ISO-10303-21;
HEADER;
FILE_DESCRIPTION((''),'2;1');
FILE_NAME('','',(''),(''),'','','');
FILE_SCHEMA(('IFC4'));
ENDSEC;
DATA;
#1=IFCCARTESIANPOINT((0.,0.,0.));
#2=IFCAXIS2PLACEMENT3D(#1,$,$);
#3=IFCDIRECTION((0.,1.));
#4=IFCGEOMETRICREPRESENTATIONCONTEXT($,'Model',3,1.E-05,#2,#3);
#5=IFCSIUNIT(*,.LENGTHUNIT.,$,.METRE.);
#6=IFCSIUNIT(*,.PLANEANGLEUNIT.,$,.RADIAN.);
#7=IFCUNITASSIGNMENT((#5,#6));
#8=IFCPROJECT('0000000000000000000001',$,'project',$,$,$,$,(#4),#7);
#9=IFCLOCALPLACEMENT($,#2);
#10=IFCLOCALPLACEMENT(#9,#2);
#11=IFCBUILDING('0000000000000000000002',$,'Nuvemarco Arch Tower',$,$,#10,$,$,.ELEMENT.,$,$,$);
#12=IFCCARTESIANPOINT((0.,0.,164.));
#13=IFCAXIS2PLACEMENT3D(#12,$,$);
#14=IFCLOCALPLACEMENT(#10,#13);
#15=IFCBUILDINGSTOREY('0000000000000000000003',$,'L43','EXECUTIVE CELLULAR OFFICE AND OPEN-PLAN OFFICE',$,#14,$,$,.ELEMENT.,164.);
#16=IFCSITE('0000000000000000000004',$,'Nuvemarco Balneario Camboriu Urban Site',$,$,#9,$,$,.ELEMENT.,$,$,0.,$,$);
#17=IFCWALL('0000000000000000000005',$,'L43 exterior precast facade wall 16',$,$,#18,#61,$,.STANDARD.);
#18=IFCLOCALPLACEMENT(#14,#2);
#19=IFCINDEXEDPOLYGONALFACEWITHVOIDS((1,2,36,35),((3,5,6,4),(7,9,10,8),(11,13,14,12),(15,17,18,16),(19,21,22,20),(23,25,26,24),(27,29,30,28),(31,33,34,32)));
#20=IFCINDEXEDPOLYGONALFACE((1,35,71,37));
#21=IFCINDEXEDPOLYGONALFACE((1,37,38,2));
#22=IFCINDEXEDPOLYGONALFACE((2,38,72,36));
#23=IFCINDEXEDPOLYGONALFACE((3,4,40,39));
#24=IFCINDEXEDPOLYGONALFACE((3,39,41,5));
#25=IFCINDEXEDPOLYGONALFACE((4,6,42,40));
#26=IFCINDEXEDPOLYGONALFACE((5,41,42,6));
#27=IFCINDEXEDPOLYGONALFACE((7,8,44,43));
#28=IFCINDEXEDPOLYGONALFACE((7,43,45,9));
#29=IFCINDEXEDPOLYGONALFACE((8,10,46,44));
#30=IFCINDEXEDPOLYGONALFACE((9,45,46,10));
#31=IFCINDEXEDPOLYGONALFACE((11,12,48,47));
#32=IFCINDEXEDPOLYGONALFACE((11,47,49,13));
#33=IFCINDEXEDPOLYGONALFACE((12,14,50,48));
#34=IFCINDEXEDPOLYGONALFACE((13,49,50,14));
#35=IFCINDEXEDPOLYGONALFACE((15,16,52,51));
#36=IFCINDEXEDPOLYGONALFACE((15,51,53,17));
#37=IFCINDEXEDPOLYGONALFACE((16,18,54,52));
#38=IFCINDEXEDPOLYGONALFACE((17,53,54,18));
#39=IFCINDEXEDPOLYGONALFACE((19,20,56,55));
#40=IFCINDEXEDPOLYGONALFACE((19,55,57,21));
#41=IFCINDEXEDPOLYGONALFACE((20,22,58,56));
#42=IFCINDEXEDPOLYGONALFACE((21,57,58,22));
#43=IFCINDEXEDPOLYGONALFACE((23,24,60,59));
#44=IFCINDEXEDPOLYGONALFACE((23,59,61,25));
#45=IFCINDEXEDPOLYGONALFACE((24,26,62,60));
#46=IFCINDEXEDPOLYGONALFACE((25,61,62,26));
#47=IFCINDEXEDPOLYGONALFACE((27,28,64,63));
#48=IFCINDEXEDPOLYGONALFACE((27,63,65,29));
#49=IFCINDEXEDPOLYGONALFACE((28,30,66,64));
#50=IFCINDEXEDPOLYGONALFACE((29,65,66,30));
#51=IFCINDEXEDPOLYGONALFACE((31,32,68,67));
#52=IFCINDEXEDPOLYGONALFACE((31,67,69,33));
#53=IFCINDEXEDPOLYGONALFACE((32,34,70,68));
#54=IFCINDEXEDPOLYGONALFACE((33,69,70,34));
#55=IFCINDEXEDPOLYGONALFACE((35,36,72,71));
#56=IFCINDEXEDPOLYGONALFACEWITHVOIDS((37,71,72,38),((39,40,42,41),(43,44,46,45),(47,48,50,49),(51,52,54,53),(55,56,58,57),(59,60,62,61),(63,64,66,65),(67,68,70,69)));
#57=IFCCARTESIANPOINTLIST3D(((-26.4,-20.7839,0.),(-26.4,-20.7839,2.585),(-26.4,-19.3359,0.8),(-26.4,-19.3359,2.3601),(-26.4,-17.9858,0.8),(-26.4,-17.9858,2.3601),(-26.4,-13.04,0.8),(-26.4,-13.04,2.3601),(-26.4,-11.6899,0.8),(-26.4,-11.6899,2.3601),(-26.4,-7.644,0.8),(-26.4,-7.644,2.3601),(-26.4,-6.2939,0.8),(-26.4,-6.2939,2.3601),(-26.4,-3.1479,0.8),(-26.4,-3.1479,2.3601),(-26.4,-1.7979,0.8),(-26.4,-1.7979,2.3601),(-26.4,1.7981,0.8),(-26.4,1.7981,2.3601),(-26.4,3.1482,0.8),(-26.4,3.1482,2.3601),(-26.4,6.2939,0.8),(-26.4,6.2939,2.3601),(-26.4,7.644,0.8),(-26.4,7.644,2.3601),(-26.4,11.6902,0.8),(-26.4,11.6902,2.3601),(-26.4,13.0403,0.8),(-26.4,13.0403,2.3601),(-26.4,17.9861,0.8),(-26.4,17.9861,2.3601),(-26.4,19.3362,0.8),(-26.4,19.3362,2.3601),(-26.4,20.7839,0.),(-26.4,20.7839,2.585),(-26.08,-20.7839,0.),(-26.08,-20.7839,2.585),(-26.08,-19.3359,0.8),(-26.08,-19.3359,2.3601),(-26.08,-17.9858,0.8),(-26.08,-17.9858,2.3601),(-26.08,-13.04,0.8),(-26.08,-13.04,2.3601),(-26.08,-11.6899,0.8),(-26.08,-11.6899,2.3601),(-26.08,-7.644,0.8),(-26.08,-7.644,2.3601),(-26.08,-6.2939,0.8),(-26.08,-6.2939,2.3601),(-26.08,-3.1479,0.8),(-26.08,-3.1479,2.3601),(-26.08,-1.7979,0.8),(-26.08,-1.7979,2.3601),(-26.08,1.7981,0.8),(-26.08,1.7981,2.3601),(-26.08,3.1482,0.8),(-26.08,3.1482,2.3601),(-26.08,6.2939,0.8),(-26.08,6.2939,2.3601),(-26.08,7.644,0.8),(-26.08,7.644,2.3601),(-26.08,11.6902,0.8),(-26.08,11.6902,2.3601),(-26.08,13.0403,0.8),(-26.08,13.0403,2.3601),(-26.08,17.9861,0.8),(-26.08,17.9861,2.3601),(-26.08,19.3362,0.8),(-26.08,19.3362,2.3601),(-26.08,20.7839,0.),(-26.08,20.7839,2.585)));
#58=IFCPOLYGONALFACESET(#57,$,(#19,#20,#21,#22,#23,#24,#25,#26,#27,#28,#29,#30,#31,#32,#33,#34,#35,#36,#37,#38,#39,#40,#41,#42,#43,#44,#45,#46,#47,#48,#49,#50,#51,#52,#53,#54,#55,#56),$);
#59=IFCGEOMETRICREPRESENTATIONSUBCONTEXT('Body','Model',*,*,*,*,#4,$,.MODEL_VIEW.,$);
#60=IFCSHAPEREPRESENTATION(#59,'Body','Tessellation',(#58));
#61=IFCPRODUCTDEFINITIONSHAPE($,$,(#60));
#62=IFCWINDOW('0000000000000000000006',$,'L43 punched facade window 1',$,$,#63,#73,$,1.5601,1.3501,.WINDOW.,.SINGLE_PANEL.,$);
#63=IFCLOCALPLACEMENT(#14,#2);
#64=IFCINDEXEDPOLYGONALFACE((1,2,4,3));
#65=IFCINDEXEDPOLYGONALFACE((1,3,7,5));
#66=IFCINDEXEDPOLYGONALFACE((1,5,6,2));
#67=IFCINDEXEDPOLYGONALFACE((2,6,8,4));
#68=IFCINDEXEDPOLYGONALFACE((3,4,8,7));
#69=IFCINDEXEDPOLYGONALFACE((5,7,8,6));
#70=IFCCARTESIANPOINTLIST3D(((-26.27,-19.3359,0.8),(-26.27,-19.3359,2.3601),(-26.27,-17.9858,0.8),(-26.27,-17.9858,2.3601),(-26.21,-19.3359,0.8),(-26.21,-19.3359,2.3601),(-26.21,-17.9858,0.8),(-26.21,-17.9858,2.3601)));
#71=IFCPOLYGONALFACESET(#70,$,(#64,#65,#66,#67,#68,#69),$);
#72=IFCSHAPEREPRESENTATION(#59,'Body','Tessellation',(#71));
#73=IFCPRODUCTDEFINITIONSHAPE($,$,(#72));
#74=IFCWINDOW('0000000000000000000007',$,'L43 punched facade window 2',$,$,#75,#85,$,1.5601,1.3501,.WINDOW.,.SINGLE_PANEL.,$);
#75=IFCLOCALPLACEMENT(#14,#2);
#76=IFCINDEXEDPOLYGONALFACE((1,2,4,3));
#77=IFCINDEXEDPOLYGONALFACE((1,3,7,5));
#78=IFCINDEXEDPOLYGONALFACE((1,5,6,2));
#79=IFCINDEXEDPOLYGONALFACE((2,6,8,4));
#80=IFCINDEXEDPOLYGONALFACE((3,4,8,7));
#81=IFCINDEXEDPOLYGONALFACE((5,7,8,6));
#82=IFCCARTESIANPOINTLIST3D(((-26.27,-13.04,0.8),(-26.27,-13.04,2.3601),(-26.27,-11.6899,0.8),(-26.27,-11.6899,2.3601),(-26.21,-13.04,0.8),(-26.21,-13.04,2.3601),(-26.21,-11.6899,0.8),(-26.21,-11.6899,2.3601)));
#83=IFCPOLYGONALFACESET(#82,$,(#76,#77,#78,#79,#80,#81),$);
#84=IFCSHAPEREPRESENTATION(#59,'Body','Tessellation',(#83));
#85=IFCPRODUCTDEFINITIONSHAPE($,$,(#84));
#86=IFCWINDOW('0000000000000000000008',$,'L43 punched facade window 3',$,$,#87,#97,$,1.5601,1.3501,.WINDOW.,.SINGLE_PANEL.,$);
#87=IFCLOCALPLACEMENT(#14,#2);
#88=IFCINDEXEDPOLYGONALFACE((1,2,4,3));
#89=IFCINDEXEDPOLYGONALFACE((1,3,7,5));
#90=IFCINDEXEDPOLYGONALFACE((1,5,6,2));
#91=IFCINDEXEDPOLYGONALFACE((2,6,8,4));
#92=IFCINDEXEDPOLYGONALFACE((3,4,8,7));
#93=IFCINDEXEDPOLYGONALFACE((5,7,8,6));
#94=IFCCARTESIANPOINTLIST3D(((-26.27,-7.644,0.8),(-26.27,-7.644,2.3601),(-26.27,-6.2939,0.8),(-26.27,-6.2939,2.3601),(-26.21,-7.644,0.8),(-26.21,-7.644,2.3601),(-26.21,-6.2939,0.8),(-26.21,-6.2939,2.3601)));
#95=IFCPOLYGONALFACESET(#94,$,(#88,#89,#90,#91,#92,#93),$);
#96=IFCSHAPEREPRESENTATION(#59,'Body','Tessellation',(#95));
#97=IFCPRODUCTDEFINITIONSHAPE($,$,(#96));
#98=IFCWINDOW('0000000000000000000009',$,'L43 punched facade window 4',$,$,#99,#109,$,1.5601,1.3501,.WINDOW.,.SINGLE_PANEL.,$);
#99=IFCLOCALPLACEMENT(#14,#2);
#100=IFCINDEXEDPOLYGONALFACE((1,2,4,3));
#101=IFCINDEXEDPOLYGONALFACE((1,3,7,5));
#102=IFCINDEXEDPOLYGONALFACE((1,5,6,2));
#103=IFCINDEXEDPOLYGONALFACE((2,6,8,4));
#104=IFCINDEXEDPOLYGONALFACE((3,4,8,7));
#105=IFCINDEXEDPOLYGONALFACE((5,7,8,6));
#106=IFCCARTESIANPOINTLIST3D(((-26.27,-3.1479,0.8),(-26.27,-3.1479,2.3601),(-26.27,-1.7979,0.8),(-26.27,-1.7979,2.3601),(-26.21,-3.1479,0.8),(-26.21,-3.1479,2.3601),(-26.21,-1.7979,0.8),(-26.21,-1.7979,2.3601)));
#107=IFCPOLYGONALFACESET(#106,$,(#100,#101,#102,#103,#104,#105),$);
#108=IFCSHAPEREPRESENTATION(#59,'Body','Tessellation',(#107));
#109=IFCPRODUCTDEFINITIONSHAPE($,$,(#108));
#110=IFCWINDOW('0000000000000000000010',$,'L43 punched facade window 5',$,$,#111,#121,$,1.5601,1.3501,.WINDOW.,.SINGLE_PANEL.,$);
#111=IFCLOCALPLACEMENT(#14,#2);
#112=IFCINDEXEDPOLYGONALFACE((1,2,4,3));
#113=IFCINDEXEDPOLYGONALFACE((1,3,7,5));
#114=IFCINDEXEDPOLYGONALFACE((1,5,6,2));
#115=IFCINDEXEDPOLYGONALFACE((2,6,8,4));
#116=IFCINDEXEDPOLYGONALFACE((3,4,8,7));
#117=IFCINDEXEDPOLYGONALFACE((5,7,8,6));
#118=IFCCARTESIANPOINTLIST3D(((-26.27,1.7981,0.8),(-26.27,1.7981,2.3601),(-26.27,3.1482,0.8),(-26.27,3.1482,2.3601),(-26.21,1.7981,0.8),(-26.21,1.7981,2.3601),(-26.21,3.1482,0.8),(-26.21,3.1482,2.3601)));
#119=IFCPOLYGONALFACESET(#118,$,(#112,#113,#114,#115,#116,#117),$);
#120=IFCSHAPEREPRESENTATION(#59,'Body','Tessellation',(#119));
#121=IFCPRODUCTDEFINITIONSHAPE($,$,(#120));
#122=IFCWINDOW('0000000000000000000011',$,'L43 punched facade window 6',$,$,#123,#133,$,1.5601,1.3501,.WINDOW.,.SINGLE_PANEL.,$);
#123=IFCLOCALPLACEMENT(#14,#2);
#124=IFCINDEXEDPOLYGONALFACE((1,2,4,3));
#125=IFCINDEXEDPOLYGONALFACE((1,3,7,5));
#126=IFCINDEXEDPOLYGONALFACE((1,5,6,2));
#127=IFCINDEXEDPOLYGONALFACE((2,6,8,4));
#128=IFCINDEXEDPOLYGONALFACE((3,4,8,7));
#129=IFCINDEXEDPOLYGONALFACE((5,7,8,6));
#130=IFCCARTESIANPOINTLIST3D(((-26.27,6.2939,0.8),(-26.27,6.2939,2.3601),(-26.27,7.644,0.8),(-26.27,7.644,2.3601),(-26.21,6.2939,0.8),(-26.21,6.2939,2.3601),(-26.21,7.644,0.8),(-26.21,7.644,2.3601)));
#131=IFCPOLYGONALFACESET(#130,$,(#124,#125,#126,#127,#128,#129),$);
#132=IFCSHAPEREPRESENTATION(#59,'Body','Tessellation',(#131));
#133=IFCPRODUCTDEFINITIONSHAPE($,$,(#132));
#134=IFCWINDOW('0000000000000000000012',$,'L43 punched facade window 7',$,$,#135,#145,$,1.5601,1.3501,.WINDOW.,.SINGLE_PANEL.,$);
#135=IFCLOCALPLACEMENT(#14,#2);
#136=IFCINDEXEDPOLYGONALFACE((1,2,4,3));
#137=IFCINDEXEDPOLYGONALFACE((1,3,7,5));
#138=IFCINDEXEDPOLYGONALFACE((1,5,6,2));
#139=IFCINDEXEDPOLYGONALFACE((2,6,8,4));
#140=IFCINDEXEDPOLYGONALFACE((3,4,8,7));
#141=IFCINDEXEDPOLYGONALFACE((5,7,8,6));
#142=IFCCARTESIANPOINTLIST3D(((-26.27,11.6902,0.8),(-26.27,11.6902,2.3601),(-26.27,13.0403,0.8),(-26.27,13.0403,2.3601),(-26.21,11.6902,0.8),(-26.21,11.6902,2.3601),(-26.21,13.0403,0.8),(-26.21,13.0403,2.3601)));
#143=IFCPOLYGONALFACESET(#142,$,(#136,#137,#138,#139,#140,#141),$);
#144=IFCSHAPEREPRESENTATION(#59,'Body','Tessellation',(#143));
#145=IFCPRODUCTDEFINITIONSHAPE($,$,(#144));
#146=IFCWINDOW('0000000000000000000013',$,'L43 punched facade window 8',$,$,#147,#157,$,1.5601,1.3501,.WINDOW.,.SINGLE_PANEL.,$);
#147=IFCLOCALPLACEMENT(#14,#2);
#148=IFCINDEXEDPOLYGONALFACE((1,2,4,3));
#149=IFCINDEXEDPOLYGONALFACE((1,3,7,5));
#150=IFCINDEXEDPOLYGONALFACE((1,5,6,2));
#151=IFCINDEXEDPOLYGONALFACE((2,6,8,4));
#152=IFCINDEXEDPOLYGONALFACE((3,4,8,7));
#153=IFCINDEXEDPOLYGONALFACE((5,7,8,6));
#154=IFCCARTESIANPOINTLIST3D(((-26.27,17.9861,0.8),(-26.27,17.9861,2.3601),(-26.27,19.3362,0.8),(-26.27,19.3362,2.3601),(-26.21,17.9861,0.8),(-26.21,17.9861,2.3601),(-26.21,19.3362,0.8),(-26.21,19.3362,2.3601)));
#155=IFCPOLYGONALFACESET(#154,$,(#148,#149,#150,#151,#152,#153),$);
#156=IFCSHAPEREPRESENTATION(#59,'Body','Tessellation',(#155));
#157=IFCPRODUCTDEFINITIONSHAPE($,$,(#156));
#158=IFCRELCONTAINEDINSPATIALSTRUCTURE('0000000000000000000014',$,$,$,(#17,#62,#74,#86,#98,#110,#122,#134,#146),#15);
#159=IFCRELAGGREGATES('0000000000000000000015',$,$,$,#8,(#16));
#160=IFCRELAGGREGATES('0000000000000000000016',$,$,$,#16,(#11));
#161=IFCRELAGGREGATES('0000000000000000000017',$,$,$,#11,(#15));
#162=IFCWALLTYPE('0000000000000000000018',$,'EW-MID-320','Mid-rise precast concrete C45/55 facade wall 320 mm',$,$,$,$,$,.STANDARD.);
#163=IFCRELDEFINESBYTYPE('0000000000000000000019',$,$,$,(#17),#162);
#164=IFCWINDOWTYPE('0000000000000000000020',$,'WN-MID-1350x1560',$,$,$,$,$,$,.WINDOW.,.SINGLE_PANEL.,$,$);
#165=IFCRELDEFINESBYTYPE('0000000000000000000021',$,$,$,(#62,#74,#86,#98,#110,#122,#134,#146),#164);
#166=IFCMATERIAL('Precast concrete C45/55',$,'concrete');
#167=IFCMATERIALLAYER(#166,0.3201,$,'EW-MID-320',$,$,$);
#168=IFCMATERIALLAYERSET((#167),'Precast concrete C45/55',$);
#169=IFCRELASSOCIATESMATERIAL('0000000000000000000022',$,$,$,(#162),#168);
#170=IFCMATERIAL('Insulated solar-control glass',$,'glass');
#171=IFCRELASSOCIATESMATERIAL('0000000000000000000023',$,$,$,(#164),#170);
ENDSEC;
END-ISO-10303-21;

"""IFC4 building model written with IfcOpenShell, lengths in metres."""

from ifc_helpers import new_model, si_unit, direction, frame, frame_2d, origin, place, context, subcontext, project, spatial, rectangle, extrude, source, transform, mapped, material, layer, layer_set, type_object, type_shapes, element, fill, save


model = new_model("IFC4")

# Units and contexts
model_context = context("Model", 3, precision=1e-05, world=origin(), true_north=direction((0.0, 1.0)))
body_context = subcontext(model_context, "Body", "Model", "MODEL_VIEW")
ifc_project = project(units=[si_unit("LENGTHUNIT", "METRE"), si_unit("PLANEANGLEUNIT", "RADIAN")], contexts=[model_context])

# Site, building, storey
site_placement = place(None, origin())
site = spatial("IfcSite", under=ifc_project, at=site_placement, Name="Nuvemarco Balneario Camboriu Urban Site", CompositionType="ELEMENT", RefElevation=0.0)
building_placement = place(site_placement, origin())
building = spatial("IfcBuilding", under=site, at=building_placement, Name="Nuvemarco Arch Tower", CompositionType="ELEMENT")
storey_placement = place(building_placement, frame((0.0, 0.0, 164.0)))
storey = spatial("IfcBuildingStorey", under=building, at=storey_placement, Name="L43", Description="EXECUTIVE CELLULAR OFFICE AND OPEN-PLAN OFFICE", CompositionType="ELEMENT", Elevation=164.0)

# Wall, openings, windows
ifc_material_1 = material(Name="Precast concrete C45/55", Category="concrete")
ifc_layer = layer(ifc_material_1, 0.3201, Name="EW-MID-320")
ifc_layer_set = layer_set([ifc_layer], Name="Precast concrete C45/55")
wall_type = type_object("IfcWallType", Name="EW-MID-320", Description="Mid-rise precast concrete C45/55 facade wall 320 mm", PredefinedType="STANDARD", material=ifc_layer_set)
wall_1_placement = place(storey_placement, frame((-26.24, -20.7839, 0.0), z_axis=(0.0, 0.0, 1.0), x_axis=(0.0, 1.0, 0.0)))
wall_1 = element("IfcWall", 1, at=wall_1_placement, inside=storey, type_object=wall_type, Name="L43 exterior precast facade wall 16", PredefinedType="STANDARD", context=body_context, shape_type="SweptSolid", body=[
    extrude(rectangle(XDim=41.5679, YDim=0.3201, at=frame_2d((20.7839, 0.0))), origin(), (0.0, 0.0, 1.0), 2.585),
])
opening_1_placement = place(wall_1_placement, frame((1.448, 0.0, 0.8)))
opening_1 = element("IfcOpeningElement", 2, at=opening_1_placement, cuts=wall_1, PredefinedType="OPENING", context=body_context, shape_type="SweptSolid", body=[
    extrude(rectangle(XDim=1.3501, YDim=1.5601, at=frame_2d((0.675, 0.78))), frame((0.0, 0.1699, 0.0), z_axis=(0.0, -1.0, 0.0), x_axis=(1.0, 0.0, 0.0)), (0.0, 0.0, 1.0), 0.3401),
])
opening_2_placement = place(wall_1_placement, frame((7.7439, 0.0, 0.8)))
opening_2 = element("IfcOpeningElement", 3, at=opening_2_placement, cuts=wall_1, PredefinedType="OPENING", context=body_context, shape_type="SweptSolid", body=[
    extrude(rectangle(XDim=1.3501, YDim=1.5601, at=frame_2d((0.675, 0.78))), frame((0.0, 0.1699, 0.0), z_axis=(0.0, -1.0, 0.0), x_axis=(1.0, 0.0, 0.0)), (0.0, 0.0, 1.0), 0.3401),
])
opening_3_placement = place(wall_1_placement, frame((13.1399, 0.0, 0.8)))
opening_3 = element("IfcOpeningElement", 4, at=opening_3_placement, cuts=wall_1, PredefinedType="OPENING", context=body_context, shape_type="SweptSolid", body=[
    extrude(rectangle(XDim=1.3501, YDim=1.5601, at=frame_2d((0.675, 0.78))), frame((0.0, 0.1699, 0.0), z_axis=(0.0, -1.0, 0.0), x_axis=(1.0, 0.0, 0.0)), (0.0, 0.0, 1.0), 0.3401),
])
opening_4_placement = place(wall_1_placement, frame((17.636, 0.0, 0.8)))
opening_4 = element("IfcOpeningElement", 5, at=opening_4_placement, cuts=wall_1, PredefinedType="OPENING", context=body_context, shape_type="SweptSolid", body=[
    extrude(rectangle(XDim=1.3501, YDim=1.5601, at=frame_2d((0.675, 0.78))), frame((0.0, 0.1699, 0.0), z_axis=(0.0, -1.0, 0.0), x_axis=(1.0, 0.0, 0.0)), (0.0, 0.0, 1.0), 0.3401),
])
opening_5_placement = place(wall_1_placement, frame((22.582, 0.0, 0.8)))
opening_5 = element("IfcOpeningElement", 6, at=opening_5_placement, cuts=wall_1, PredefinedType="OPENING", context=body_context, shape_type="SweptSolid", body=[
    extrude(rectangle(XDim=1.3501, YDim=1.5601, at=frame_2d((0.675, 0.78))), frame((0.0, 0.1699, 0.0), z_axis=(0.0, -1.0, 0.0), x_axis=(1.0, 0.0, 0.0)), (0.0, 0.0, 1.0), 0.3401),
])
opening_6_placement = place(wall_1_placement, frame((27.0779, 0.0, 0.8)))
opening_6 = element("IfcOpeningElement", 7, at=opening_6_placement, cuts=wall_1, PredefinedType="OPENING", context=body_context, shape_type="SweptSolid", body=[
    extrude(rectangle(XDim=1.3501, YDim=1.5601, at=frame_2d((0.675, 0.78))), frame((0.0, 0.1699, 0.0), z_axis=(0.0, -1.0, 0.0), x_axis=(1.0, 0.0, 0.0)), (0.0, 0.0, 1.0), 0.3401),
])
opening_7_placement = place(wall_1_placement, frame((32.4741, 0.0, 0.8)))
opening_7 = element("IfcOpeningElement", 8, at=opening_7_placement, cuts=wall_1, PredefinedType="OPENING", context=body_context, shape_type="SweptSolid", body=[
    extrude(rectangle(XDim=1.3501, YDim=1.5601, at=frame_2d((0.675, 0.78))), frame((0.0, 0.1699, 0.0), z_axis=(0.0, -1.0, 0.0), x_axis=(1.0, 0.0, 0.0)), (0.0, 0.0, 1.0), 0.3401),
])
opening_8_placement = place(wall_1_placement, frame((38.77, 0.0, 0.8)))
opening_8 = element("IfcOpeningElement", 9, at=opening_8_placement, cuts=wall_1, PredefinedType="OPENING", context=body_context, shape_type="SweptSolid", body=[
    extrude(rectangle(XDim=1.3501, YDim=1.5601, at=frame_2d((0.675, 0.78))), frame((0.0, 0.1699, 0.0), z_axis=(0.0, -1.0, 0.0), x_axis=(1.0, 0.0, 0.0)), (0.0, 0.0, 1.0), 0.3401),
])
ifc_material_2 = material(Name="Insulated solar-control glass", Category="glass")
window_type = type_object("IfcWindowType", Name="WN-MID-1350x1560", PartitioningType="SINGLE_PANEL", PredefinedType="WINDOW", material=ifc_material_2)
shared_shape_1 = source(origin(), body_context, "Body", "SweptSolid", [
    extrude(rectangle(XDim=1.3501, YDim=1.5601, at=frame_2d((0.675, 0.78))), frame((0.0, 0.03, 0.0), z_axis=(0.0, -1.0, 0.0), x_axis=(1.0, 0.0, 0.0)), (0.0, 0.0, 1.0), 0.0601),
])
type_shapes(window_type, [shared_shape_1])
window_1_placement = place(opening_1_placement, origin())
window_1 = element("IfcWindow", 10, at=window_1_placement, inside=storey, type_object=window_type, Name="L43 punched facade window 1", OverallHeight=1.5601, OverallWidth=1.3501, PartitioningType="SINGLE_PANEL", PredefinedType="WINDOW", context=body_context, shape_type="MappedRepresentation", body=[
    mapped(shared_shape_1, transform((0.0, 0.0, 0.0), scale=1.0)),
])
fill(opening_1, window_1)
window_2_placement = place(opening_2_placement, origin())
window_2 = element("IfcWindow", 11, at=window_2_placement, inside=storey, type_object=window_type, Name="L43 punched facade window 2", OverallHeight=1.5601, OverallWidth=1.3501, PartitioningType="SINGLE_PANEL", PredefinedType="WINDOW", context=body_context, shape_type="MappedRepresentation", body=[
    mapped(shared_shape_1, transform((0.0, 0.0, 0.0), scale=1.0)),
])
fill(opening_2, window_2)
window_3_placement = place(opening_3_placement, origin())
window_3 = element("IfcWindow", 12, at=window_3_placement, inside=storey, type_object=window_type, Name="L43 punched facade window 3", OverallHeight=1.5601, OverallWidth=1.3501, PartitioningType="SINGLE_PANEL", PredefinedType="WINDOW", context=body_context, shape_type="MappedRepresentation", body=[
    mapped(shared_shape_1, transform((0.0, 0.0, 0.0), scale=1.0)),
])
fill(opening_3, window_3)
window_4_placement = place(opening_4_placement, origin())
window_4 = element("IfcWindow", 13, at=window_4_placement, inside=storey, type_object=window_type, Name="L43 punched facade window 4", OverallHeight=1.5601, OverallWidth=1.3501, PartitioningType="SINGLE_PANEL", PredefinedType="WINDOW", context=body_context, shape_type="MappedRepresentation", body=[
    mapped(shared_shape_1, transform((0.0, 0.0, 0.0), scale=1.0)),
])
fill(opening_4, window_4)
window_5_placement = place(opening_5_placement, origin())
window_5 = element("IfcWindow", 14, at=window_5_placement, inside=storey, type_object=window_type, Name="L43 punched facade window 5", OverallHeight=1.5601, OverallWidth=1.3501, PartitioningType="SINGLE_PANEL", PredefinedType="WINDOW", context=body_context, shape_type="MappedRepresentation", body=[
    mapped(shared_shape_1, transform((0.0, 0.0, 0.0), scale=1.0)),
])
fill(opening_5, window_5)
window_6_placement = place(opening_6_placement, origin())
window_6 = element("IfcWindow", 15, at=window_6_placement, inside=storey, type_object=window_type, Name="L43 punched facade window 6", OverallHeight=1.5601, OverallWidth=1.3501, PartitioningType="SINGLE_PANEL", PredefinedType="WINDOW", context=body_context, shape_type="MappedRepresentation", body=[
    mapped(shared_shape_1, transform((0.0, 0.0, 0.0), scale=1.0)),
])
fill(opening_6, window_6)
window_7_placement = place(opening_7_placement, origin())
window_7 = element("IfcWindow", 16, at=window_7_placement, inside=storey, type_object=window_type, Name="L43 punched facade window 7", OverallHeight=1.5601, OverallWidth=1.3501, PartitioningType="SINGLE_PANEL", PredefinedType="WINDOW", context=body_context, shape_type="MappedRepresentation", body=[
    mapped(shared_shape_1, transform((0.0, 0.0, 0.0), scale=1.0)),
])
fill(opening_7, window_7)
window_8_placement = place(opening_8_placement, origin())
window_8 = element("IfcWindow", 17, at=window_8_placement, inside=storey, type_object=window_type, Name="L43 punched facade window 8", OverallHeight=1.5601, OverallWidth=1.3501, PartitioningType="SINGLE_PANEL", PredefinedType="WINDOW", context=body_context, shape_type="MappedRepresentation", body=[
    mapped(shared_shape_1, transform((0.0, 0.0, 0.0), scale=1.0)),
])
fill(opening_8, window_8)

save(model, "model.ifc")
